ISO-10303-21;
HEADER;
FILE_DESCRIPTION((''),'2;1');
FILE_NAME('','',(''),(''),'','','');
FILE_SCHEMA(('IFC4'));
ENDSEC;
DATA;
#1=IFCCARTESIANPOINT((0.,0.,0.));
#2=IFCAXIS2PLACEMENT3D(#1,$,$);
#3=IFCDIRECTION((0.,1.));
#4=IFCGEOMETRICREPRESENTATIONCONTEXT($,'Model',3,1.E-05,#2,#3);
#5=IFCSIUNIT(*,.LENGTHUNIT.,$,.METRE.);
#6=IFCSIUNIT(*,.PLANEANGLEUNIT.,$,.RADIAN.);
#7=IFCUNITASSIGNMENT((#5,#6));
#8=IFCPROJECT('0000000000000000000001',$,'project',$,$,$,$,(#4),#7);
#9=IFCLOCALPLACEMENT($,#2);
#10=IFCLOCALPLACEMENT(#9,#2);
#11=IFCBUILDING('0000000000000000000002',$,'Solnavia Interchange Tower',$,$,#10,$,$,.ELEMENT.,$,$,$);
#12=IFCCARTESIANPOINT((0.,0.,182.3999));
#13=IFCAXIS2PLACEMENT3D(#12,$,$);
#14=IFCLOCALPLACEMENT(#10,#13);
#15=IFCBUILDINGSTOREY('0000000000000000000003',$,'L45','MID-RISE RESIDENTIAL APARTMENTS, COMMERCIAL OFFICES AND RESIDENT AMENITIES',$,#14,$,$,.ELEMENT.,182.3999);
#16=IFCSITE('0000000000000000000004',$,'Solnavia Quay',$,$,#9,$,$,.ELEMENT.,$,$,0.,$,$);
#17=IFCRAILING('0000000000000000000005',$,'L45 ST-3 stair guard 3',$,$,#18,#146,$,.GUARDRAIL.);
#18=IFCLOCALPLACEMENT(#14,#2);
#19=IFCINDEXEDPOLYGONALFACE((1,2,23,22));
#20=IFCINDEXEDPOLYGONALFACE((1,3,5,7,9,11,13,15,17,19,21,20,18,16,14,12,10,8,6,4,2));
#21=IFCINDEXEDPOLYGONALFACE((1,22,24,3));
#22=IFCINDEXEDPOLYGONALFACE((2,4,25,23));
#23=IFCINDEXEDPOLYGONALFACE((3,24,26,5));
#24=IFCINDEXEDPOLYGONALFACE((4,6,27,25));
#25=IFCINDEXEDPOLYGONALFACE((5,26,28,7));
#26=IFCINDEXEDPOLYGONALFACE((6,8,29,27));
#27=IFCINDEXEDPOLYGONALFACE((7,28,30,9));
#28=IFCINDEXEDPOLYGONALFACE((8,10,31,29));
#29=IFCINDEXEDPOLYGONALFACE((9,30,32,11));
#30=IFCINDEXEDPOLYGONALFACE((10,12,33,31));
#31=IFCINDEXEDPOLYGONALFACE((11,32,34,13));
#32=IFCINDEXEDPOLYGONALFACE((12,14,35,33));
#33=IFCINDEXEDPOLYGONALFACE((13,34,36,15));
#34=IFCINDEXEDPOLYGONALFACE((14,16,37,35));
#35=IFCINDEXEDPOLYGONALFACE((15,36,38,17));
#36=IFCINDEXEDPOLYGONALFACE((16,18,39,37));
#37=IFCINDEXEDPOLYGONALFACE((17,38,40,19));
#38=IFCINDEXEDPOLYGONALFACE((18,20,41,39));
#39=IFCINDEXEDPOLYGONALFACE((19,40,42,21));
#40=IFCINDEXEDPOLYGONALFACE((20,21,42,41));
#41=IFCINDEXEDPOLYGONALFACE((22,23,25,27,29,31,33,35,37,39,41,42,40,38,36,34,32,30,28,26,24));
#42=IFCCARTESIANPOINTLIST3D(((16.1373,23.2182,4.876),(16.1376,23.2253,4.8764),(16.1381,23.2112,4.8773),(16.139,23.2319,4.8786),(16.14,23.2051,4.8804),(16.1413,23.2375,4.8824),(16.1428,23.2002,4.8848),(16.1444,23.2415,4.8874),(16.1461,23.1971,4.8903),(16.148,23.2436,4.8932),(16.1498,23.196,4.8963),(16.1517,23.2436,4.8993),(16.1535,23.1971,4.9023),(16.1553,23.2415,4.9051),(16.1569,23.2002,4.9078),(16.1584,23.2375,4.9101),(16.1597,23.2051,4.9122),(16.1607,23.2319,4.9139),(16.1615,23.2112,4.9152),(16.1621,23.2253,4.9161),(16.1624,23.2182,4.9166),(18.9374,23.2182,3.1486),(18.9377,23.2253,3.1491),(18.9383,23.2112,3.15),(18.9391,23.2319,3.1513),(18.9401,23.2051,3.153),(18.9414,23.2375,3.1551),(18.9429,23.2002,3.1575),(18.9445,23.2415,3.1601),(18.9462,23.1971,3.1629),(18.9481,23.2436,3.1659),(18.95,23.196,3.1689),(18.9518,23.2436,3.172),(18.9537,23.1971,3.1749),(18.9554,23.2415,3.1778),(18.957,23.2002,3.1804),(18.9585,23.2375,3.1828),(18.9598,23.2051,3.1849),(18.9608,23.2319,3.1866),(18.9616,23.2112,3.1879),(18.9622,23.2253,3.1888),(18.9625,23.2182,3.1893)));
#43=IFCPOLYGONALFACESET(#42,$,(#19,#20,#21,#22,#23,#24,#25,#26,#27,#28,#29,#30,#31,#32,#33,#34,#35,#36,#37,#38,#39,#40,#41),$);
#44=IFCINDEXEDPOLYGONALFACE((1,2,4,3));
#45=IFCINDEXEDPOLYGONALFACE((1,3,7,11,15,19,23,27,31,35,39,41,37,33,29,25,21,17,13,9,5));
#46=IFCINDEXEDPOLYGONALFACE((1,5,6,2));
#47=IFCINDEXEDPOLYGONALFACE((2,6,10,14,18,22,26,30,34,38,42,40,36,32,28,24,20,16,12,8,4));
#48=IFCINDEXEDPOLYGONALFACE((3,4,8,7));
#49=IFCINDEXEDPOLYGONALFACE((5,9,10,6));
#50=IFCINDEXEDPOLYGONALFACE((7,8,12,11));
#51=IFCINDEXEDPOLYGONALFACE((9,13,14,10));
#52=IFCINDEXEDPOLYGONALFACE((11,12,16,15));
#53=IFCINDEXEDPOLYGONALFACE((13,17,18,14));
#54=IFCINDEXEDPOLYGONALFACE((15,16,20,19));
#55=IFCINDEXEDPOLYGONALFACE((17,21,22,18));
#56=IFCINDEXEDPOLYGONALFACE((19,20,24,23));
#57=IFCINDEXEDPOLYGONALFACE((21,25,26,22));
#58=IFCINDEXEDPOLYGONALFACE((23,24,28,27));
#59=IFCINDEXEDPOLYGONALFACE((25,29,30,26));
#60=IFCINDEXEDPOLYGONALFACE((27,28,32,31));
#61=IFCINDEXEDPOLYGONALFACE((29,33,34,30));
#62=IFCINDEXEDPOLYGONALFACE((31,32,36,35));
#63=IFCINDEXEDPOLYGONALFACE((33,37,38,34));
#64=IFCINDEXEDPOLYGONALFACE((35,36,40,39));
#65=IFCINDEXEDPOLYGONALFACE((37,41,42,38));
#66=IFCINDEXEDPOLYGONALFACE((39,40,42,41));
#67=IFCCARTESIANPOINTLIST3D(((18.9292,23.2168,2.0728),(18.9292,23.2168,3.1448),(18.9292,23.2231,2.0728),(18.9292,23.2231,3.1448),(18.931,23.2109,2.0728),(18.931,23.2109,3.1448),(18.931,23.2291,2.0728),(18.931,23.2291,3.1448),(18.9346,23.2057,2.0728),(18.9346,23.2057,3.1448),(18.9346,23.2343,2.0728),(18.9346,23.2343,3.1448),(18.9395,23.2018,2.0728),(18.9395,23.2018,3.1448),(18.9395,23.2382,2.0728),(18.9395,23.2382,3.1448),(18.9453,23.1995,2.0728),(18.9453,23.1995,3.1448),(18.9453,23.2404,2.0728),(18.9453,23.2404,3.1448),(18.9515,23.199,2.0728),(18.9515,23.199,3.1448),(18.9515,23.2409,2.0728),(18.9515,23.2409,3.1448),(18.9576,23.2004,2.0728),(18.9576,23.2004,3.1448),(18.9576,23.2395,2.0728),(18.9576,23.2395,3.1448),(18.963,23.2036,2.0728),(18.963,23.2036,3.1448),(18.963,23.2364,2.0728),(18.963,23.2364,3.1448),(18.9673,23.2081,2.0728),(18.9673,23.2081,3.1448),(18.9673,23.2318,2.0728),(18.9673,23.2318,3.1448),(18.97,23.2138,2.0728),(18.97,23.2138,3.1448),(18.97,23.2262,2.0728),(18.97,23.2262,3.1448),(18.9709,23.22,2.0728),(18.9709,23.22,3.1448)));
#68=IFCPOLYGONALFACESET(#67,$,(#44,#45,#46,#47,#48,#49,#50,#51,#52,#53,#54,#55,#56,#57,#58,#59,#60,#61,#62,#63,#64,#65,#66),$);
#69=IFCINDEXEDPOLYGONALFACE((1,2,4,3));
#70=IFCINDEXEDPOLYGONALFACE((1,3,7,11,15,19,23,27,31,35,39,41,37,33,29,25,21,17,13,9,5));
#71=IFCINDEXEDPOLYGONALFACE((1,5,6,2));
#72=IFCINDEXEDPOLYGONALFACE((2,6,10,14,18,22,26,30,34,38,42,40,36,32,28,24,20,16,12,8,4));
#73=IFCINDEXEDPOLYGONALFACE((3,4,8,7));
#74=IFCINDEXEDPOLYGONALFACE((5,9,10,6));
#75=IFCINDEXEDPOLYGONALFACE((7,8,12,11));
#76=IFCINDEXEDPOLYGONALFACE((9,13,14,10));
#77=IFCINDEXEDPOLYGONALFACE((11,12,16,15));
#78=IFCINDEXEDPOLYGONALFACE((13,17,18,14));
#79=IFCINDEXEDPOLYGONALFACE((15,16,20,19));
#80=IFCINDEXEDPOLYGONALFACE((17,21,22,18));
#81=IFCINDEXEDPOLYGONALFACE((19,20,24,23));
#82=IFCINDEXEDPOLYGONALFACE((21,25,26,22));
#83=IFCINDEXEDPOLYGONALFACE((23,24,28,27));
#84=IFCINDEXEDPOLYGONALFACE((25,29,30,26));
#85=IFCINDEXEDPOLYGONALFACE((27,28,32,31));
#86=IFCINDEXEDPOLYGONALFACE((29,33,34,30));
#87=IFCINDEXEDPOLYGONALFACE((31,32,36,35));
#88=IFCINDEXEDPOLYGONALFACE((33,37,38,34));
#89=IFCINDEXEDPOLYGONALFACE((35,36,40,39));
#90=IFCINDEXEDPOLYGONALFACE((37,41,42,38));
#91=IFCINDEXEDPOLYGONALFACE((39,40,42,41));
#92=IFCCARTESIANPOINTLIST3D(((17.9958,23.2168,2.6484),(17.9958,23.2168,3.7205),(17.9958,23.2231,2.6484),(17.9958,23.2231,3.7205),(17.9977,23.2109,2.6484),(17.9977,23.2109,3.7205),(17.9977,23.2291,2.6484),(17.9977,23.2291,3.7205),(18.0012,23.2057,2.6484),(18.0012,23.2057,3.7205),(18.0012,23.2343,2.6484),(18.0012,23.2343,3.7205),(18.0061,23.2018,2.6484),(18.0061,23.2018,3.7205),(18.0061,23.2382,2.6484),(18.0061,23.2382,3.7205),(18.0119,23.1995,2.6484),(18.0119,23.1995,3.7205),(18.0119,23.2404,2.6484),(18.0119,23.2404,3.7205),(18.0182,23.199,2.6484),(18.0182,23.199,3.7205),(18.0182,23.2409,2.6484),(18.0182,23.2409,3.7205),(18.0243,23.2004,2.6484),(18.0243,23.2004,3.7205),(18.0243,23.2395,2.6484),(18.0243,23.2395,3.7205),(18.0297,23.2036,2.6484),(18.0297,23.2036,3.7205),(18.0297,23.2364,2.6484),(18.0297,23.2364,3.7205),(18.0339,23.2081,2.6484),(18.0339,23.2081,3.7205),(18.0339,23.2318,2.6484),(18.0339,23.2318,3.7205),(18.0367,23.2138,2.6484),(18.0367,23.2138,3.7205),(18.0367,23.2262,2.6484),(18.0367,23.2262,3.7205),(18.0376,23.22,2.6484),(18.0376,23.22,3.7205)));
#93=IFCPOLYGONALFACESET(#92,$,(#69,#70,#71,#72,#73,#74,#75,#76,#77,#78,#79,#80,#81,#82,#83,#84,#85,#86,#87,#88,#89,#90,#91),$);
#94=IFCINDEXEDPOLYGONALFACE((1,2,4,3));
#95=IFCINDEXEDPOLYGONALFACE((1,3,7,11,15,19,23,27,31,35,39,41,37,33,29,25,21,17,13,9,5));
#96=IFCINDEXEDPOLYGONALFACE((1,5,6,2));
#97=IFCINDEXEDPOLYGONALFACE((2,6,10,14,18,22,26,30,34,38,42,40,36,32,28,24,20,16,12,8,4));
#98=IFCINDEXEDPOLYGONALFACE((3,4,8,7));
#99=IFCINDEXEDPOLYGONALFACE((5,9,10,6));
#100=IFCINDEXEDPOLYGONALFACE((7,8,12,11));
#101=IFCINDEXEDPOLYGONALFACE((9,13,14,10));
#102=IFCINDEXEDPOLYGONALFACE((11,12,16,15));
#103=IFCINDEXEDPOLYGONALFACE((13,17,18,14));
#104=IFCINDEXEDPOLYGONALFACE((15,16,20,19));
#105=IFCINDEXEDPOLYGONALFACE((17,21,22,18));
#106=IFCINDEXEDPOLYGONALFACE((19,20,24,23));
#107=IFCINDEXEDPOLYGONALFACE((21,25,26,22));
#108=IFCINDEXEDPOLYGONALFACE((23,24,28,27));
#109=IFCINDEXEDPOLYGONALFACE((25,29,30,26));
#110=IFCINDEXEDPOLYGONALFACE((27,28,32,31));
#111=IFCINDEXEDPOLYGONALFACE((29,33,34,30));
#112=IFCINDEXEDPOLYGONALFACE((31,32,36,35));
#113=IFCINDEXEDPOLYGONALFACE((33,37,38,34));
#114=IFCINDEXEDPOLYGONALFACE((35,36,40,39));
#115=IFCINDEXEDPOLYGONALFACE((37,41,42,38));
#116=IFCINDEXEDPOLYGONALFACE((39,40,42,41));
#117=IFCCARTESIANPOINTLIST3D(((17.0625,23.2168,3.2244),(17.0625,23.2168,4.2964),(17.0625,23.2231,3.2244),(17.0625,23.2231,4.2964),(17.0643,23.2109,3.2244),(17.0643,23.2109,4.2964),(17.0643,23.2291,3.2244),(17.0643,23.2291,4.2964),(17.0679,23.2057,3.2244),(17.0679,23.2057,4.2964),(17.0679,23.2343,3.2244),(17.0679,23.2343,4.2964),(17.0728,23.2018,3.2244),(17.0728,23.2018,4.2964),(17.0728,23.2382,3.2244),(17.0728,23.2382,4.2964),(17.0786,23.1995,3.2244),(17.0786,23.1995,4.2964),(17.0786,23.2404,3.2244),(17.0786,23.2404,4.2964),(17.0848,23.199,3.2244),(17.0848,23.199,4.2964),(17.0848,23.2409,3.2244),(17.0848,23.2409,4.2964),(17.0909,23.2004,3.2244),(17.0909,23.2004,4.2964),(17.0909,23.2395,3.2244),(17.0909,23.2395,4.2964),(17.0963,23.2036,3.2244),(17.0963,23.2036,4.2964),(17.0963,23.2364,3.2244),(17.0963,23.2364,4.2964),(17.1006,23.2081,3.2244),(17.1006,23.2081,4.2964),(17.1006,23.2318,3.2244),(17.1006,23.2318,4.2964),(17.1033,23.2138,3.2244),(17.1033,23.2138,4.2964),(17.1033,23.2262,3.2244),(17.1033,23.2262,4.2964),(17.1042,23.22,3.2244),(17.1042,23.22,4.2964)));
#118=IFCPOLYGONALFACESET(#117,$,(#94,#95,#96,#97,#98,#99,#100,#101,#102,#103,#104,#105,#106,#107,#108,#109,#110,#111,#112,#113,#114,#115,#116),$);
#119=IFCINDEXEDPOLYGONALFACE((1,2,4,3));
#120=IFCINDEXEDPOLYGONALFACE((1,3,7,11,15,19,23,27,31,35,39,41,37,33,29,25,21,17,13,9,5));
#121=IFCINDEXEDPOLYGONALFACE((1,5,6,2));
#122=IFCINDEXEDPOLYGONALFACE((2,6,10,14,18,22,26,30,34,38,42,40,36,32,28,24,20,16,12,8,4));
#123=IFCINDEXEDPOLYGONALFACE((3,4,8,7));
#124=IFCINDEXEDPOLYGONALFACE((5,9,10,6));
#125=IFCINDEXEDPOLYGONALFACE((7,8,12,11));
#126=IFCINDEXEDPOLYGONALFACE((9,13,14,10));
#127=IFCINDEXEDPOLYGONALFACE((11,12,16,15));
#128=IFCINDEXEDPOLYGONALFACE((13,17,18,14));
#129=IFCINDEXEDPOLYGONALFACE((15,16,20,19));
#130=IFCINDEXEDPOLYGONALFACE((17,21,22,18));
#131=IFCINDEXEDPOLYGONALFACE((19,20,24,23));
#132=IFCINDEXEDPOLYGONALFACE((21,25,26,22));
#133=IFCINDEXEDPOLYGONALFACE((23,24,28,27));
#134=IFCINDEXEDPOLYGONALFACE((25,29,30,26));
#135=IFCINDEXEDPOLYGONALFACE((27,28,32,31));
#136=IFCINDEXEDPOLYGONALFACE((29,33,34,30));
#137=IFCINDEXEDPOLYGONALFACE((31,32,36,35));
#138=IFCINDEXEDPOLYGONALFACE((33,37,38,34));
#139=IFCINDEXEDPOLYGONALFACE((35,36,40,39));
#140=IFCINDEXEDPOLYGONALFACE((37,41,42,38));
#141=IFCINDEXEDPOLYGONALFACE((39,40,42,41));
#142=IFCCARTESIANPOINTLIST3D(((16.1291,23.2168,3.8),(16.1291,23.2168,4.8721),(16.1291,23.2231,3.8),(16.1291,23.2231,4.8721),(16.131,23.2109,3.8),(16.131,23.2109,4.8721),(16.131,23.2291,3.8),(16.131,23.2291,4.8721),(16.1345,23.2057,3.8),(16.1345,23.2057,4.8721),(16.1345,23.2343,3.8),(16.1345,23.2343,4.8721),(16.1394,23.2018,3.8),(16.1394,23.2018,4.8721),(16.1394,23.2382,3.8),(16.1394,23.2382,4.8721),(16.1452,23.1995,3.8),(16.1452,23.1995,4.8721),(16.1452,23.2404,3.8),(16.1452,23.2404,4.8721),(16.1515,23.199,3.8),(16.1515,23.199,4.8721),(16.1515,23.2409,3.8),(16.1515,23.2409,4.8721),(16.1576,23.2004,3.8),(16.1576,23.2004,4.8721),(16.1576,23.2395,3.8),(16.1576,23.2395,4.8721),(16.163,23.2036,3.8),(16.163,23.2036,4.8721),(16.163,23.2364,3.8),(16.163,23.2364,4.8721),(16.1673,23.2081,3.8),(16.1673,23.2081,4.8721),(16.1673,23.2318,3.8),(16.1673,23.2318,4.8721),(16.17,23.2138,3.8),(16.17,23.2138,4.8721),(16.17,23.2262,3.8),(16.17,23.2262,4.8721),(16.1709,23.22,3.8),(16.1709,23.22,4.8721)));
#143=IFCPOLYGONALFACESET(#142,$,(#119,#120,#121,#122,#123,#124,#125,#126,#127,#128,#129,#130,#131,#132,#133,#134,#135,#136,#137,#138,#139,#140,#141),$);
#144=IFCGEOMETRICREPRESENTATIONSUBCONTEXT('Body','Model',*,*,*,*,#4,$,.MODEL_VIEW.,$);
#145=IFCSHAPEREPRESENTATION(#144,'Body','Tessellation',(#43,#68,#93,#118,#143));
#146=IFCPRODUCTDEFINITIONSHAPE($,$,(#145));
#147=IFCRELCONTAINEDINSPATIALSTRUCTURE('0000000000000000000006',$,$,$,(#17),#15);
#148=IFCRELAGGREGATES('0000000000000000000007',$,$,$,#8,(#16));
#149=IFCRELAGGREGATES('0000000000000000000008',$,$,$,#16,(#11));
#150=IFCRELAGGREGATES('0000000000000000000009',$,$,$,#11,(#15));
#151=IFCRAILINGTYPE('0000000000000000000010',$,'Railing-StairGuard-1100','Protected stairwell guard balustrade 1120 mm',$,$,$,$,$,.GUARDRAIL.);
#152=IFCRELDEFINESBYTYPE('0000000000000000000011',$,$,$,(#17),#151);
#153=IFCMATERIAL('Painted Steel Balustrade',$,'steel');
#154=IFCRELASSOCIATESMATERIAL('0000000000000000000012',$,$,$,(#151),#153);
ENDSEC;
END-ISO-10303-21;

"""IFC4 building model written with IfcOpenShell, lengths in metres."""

from ifc_helpers import new_model, si_unit, direction, frame, origin, origin_2d, place, context, subcontext, project, spatial, circle, extrude, material, type_object, element, save


model = new_model("IFC4")

# Units and contexts
model_context = context("Model", 3, precision=1e-05, world=origin(), true_north=direction((0.0, 1.0)))
body_context = subcontext(model_context, "Body", "Model", "MODEL_VIEW")
ifc_project = project(units=[si_unit("LENGTHUNIT", "METRE"), si_unit("PLANEANGLEUNIT", "RADIAN")], contexts=[model_context])

# Site, building, storey
site_placement = place(None, origin())
site = spatial("IfcSite", under=ifc_project, at=site_placement, Name="Solnavia Quay", CompositionType="ELEMENT", RefElevation=0.0)
building_placement = place(site_placement, origin())
building = spatial("IfcBuilding", under=site, at=building_placement, Name="Solnavia Interchange Tower", CompositionType="ELEMENT")
storey_placement = place(building_placement, frame((0.0, 0.0, 182.3999)))
storey = spatial("IfcBuildingStorey", under=building, at=storey_placement, Name="L45", Description="MID-RISE RESIDENTIAL APARTMENTS, COMMERCIAL OFFICES AND RESIDENT AMENITIES", CompositionType="ELEMENT", Elevation=182.3999)

# Railing
ifc_material_1 = material(Name="Painted Steel Balustrade", Category="steel")
railing_type_1 = type_object("IfcRailingType", Name="Railing-StairGuard-1100", Description="Protected stairwell guard balustrade 1120 mm", PredefinedType="GUARDRAIL", material=ifc_material_1)
railing_1_placement = place(storey_placement, frame((18.95, 23.22, 2.0728)))
element("IfcRailing", 1, at=railing_1_placement, inside=storey, type_object=railing_type_1, Name="L45 ST-3 stair guard 3", PredefinedType="GUARDRAIL", context=body_context, shape_type="SweptSolid", body=[
    extrude(circle(Radius=0.0239, at=origin_2d()), frame((0.0, 0.0, 1.0962), z_axis=(-0.85109, 0.0, 0.52502), x_axis=(0.0, -1.0, 0.0)), (0.0, 0.0, 1.0), 3.29),
    extrude(circle(Radius=0.021, at=origin_2d()), origin(), (0.0, 0.0, 1.0), 1.072),
    extrude(circle(Radius=0.021, at=origin_2d()), frame((-0.9333, 0.0, 0.5757)), (0.0, 0.0, 1.0), 1.072),
    extrude(circle(Radius=0.021, at=origin_2d()), frame((-1.8667, 0.0, 1.1516)), (0.0, 0.0, 1.0), 1.072),
    extrude(circle(Radius=0.021, at=origin_2d()), frame((-2.8, 0.0, 1.7273)), (0.0, 0.0, 1.0), 1.072),
])

save(model, "model.ifc")
